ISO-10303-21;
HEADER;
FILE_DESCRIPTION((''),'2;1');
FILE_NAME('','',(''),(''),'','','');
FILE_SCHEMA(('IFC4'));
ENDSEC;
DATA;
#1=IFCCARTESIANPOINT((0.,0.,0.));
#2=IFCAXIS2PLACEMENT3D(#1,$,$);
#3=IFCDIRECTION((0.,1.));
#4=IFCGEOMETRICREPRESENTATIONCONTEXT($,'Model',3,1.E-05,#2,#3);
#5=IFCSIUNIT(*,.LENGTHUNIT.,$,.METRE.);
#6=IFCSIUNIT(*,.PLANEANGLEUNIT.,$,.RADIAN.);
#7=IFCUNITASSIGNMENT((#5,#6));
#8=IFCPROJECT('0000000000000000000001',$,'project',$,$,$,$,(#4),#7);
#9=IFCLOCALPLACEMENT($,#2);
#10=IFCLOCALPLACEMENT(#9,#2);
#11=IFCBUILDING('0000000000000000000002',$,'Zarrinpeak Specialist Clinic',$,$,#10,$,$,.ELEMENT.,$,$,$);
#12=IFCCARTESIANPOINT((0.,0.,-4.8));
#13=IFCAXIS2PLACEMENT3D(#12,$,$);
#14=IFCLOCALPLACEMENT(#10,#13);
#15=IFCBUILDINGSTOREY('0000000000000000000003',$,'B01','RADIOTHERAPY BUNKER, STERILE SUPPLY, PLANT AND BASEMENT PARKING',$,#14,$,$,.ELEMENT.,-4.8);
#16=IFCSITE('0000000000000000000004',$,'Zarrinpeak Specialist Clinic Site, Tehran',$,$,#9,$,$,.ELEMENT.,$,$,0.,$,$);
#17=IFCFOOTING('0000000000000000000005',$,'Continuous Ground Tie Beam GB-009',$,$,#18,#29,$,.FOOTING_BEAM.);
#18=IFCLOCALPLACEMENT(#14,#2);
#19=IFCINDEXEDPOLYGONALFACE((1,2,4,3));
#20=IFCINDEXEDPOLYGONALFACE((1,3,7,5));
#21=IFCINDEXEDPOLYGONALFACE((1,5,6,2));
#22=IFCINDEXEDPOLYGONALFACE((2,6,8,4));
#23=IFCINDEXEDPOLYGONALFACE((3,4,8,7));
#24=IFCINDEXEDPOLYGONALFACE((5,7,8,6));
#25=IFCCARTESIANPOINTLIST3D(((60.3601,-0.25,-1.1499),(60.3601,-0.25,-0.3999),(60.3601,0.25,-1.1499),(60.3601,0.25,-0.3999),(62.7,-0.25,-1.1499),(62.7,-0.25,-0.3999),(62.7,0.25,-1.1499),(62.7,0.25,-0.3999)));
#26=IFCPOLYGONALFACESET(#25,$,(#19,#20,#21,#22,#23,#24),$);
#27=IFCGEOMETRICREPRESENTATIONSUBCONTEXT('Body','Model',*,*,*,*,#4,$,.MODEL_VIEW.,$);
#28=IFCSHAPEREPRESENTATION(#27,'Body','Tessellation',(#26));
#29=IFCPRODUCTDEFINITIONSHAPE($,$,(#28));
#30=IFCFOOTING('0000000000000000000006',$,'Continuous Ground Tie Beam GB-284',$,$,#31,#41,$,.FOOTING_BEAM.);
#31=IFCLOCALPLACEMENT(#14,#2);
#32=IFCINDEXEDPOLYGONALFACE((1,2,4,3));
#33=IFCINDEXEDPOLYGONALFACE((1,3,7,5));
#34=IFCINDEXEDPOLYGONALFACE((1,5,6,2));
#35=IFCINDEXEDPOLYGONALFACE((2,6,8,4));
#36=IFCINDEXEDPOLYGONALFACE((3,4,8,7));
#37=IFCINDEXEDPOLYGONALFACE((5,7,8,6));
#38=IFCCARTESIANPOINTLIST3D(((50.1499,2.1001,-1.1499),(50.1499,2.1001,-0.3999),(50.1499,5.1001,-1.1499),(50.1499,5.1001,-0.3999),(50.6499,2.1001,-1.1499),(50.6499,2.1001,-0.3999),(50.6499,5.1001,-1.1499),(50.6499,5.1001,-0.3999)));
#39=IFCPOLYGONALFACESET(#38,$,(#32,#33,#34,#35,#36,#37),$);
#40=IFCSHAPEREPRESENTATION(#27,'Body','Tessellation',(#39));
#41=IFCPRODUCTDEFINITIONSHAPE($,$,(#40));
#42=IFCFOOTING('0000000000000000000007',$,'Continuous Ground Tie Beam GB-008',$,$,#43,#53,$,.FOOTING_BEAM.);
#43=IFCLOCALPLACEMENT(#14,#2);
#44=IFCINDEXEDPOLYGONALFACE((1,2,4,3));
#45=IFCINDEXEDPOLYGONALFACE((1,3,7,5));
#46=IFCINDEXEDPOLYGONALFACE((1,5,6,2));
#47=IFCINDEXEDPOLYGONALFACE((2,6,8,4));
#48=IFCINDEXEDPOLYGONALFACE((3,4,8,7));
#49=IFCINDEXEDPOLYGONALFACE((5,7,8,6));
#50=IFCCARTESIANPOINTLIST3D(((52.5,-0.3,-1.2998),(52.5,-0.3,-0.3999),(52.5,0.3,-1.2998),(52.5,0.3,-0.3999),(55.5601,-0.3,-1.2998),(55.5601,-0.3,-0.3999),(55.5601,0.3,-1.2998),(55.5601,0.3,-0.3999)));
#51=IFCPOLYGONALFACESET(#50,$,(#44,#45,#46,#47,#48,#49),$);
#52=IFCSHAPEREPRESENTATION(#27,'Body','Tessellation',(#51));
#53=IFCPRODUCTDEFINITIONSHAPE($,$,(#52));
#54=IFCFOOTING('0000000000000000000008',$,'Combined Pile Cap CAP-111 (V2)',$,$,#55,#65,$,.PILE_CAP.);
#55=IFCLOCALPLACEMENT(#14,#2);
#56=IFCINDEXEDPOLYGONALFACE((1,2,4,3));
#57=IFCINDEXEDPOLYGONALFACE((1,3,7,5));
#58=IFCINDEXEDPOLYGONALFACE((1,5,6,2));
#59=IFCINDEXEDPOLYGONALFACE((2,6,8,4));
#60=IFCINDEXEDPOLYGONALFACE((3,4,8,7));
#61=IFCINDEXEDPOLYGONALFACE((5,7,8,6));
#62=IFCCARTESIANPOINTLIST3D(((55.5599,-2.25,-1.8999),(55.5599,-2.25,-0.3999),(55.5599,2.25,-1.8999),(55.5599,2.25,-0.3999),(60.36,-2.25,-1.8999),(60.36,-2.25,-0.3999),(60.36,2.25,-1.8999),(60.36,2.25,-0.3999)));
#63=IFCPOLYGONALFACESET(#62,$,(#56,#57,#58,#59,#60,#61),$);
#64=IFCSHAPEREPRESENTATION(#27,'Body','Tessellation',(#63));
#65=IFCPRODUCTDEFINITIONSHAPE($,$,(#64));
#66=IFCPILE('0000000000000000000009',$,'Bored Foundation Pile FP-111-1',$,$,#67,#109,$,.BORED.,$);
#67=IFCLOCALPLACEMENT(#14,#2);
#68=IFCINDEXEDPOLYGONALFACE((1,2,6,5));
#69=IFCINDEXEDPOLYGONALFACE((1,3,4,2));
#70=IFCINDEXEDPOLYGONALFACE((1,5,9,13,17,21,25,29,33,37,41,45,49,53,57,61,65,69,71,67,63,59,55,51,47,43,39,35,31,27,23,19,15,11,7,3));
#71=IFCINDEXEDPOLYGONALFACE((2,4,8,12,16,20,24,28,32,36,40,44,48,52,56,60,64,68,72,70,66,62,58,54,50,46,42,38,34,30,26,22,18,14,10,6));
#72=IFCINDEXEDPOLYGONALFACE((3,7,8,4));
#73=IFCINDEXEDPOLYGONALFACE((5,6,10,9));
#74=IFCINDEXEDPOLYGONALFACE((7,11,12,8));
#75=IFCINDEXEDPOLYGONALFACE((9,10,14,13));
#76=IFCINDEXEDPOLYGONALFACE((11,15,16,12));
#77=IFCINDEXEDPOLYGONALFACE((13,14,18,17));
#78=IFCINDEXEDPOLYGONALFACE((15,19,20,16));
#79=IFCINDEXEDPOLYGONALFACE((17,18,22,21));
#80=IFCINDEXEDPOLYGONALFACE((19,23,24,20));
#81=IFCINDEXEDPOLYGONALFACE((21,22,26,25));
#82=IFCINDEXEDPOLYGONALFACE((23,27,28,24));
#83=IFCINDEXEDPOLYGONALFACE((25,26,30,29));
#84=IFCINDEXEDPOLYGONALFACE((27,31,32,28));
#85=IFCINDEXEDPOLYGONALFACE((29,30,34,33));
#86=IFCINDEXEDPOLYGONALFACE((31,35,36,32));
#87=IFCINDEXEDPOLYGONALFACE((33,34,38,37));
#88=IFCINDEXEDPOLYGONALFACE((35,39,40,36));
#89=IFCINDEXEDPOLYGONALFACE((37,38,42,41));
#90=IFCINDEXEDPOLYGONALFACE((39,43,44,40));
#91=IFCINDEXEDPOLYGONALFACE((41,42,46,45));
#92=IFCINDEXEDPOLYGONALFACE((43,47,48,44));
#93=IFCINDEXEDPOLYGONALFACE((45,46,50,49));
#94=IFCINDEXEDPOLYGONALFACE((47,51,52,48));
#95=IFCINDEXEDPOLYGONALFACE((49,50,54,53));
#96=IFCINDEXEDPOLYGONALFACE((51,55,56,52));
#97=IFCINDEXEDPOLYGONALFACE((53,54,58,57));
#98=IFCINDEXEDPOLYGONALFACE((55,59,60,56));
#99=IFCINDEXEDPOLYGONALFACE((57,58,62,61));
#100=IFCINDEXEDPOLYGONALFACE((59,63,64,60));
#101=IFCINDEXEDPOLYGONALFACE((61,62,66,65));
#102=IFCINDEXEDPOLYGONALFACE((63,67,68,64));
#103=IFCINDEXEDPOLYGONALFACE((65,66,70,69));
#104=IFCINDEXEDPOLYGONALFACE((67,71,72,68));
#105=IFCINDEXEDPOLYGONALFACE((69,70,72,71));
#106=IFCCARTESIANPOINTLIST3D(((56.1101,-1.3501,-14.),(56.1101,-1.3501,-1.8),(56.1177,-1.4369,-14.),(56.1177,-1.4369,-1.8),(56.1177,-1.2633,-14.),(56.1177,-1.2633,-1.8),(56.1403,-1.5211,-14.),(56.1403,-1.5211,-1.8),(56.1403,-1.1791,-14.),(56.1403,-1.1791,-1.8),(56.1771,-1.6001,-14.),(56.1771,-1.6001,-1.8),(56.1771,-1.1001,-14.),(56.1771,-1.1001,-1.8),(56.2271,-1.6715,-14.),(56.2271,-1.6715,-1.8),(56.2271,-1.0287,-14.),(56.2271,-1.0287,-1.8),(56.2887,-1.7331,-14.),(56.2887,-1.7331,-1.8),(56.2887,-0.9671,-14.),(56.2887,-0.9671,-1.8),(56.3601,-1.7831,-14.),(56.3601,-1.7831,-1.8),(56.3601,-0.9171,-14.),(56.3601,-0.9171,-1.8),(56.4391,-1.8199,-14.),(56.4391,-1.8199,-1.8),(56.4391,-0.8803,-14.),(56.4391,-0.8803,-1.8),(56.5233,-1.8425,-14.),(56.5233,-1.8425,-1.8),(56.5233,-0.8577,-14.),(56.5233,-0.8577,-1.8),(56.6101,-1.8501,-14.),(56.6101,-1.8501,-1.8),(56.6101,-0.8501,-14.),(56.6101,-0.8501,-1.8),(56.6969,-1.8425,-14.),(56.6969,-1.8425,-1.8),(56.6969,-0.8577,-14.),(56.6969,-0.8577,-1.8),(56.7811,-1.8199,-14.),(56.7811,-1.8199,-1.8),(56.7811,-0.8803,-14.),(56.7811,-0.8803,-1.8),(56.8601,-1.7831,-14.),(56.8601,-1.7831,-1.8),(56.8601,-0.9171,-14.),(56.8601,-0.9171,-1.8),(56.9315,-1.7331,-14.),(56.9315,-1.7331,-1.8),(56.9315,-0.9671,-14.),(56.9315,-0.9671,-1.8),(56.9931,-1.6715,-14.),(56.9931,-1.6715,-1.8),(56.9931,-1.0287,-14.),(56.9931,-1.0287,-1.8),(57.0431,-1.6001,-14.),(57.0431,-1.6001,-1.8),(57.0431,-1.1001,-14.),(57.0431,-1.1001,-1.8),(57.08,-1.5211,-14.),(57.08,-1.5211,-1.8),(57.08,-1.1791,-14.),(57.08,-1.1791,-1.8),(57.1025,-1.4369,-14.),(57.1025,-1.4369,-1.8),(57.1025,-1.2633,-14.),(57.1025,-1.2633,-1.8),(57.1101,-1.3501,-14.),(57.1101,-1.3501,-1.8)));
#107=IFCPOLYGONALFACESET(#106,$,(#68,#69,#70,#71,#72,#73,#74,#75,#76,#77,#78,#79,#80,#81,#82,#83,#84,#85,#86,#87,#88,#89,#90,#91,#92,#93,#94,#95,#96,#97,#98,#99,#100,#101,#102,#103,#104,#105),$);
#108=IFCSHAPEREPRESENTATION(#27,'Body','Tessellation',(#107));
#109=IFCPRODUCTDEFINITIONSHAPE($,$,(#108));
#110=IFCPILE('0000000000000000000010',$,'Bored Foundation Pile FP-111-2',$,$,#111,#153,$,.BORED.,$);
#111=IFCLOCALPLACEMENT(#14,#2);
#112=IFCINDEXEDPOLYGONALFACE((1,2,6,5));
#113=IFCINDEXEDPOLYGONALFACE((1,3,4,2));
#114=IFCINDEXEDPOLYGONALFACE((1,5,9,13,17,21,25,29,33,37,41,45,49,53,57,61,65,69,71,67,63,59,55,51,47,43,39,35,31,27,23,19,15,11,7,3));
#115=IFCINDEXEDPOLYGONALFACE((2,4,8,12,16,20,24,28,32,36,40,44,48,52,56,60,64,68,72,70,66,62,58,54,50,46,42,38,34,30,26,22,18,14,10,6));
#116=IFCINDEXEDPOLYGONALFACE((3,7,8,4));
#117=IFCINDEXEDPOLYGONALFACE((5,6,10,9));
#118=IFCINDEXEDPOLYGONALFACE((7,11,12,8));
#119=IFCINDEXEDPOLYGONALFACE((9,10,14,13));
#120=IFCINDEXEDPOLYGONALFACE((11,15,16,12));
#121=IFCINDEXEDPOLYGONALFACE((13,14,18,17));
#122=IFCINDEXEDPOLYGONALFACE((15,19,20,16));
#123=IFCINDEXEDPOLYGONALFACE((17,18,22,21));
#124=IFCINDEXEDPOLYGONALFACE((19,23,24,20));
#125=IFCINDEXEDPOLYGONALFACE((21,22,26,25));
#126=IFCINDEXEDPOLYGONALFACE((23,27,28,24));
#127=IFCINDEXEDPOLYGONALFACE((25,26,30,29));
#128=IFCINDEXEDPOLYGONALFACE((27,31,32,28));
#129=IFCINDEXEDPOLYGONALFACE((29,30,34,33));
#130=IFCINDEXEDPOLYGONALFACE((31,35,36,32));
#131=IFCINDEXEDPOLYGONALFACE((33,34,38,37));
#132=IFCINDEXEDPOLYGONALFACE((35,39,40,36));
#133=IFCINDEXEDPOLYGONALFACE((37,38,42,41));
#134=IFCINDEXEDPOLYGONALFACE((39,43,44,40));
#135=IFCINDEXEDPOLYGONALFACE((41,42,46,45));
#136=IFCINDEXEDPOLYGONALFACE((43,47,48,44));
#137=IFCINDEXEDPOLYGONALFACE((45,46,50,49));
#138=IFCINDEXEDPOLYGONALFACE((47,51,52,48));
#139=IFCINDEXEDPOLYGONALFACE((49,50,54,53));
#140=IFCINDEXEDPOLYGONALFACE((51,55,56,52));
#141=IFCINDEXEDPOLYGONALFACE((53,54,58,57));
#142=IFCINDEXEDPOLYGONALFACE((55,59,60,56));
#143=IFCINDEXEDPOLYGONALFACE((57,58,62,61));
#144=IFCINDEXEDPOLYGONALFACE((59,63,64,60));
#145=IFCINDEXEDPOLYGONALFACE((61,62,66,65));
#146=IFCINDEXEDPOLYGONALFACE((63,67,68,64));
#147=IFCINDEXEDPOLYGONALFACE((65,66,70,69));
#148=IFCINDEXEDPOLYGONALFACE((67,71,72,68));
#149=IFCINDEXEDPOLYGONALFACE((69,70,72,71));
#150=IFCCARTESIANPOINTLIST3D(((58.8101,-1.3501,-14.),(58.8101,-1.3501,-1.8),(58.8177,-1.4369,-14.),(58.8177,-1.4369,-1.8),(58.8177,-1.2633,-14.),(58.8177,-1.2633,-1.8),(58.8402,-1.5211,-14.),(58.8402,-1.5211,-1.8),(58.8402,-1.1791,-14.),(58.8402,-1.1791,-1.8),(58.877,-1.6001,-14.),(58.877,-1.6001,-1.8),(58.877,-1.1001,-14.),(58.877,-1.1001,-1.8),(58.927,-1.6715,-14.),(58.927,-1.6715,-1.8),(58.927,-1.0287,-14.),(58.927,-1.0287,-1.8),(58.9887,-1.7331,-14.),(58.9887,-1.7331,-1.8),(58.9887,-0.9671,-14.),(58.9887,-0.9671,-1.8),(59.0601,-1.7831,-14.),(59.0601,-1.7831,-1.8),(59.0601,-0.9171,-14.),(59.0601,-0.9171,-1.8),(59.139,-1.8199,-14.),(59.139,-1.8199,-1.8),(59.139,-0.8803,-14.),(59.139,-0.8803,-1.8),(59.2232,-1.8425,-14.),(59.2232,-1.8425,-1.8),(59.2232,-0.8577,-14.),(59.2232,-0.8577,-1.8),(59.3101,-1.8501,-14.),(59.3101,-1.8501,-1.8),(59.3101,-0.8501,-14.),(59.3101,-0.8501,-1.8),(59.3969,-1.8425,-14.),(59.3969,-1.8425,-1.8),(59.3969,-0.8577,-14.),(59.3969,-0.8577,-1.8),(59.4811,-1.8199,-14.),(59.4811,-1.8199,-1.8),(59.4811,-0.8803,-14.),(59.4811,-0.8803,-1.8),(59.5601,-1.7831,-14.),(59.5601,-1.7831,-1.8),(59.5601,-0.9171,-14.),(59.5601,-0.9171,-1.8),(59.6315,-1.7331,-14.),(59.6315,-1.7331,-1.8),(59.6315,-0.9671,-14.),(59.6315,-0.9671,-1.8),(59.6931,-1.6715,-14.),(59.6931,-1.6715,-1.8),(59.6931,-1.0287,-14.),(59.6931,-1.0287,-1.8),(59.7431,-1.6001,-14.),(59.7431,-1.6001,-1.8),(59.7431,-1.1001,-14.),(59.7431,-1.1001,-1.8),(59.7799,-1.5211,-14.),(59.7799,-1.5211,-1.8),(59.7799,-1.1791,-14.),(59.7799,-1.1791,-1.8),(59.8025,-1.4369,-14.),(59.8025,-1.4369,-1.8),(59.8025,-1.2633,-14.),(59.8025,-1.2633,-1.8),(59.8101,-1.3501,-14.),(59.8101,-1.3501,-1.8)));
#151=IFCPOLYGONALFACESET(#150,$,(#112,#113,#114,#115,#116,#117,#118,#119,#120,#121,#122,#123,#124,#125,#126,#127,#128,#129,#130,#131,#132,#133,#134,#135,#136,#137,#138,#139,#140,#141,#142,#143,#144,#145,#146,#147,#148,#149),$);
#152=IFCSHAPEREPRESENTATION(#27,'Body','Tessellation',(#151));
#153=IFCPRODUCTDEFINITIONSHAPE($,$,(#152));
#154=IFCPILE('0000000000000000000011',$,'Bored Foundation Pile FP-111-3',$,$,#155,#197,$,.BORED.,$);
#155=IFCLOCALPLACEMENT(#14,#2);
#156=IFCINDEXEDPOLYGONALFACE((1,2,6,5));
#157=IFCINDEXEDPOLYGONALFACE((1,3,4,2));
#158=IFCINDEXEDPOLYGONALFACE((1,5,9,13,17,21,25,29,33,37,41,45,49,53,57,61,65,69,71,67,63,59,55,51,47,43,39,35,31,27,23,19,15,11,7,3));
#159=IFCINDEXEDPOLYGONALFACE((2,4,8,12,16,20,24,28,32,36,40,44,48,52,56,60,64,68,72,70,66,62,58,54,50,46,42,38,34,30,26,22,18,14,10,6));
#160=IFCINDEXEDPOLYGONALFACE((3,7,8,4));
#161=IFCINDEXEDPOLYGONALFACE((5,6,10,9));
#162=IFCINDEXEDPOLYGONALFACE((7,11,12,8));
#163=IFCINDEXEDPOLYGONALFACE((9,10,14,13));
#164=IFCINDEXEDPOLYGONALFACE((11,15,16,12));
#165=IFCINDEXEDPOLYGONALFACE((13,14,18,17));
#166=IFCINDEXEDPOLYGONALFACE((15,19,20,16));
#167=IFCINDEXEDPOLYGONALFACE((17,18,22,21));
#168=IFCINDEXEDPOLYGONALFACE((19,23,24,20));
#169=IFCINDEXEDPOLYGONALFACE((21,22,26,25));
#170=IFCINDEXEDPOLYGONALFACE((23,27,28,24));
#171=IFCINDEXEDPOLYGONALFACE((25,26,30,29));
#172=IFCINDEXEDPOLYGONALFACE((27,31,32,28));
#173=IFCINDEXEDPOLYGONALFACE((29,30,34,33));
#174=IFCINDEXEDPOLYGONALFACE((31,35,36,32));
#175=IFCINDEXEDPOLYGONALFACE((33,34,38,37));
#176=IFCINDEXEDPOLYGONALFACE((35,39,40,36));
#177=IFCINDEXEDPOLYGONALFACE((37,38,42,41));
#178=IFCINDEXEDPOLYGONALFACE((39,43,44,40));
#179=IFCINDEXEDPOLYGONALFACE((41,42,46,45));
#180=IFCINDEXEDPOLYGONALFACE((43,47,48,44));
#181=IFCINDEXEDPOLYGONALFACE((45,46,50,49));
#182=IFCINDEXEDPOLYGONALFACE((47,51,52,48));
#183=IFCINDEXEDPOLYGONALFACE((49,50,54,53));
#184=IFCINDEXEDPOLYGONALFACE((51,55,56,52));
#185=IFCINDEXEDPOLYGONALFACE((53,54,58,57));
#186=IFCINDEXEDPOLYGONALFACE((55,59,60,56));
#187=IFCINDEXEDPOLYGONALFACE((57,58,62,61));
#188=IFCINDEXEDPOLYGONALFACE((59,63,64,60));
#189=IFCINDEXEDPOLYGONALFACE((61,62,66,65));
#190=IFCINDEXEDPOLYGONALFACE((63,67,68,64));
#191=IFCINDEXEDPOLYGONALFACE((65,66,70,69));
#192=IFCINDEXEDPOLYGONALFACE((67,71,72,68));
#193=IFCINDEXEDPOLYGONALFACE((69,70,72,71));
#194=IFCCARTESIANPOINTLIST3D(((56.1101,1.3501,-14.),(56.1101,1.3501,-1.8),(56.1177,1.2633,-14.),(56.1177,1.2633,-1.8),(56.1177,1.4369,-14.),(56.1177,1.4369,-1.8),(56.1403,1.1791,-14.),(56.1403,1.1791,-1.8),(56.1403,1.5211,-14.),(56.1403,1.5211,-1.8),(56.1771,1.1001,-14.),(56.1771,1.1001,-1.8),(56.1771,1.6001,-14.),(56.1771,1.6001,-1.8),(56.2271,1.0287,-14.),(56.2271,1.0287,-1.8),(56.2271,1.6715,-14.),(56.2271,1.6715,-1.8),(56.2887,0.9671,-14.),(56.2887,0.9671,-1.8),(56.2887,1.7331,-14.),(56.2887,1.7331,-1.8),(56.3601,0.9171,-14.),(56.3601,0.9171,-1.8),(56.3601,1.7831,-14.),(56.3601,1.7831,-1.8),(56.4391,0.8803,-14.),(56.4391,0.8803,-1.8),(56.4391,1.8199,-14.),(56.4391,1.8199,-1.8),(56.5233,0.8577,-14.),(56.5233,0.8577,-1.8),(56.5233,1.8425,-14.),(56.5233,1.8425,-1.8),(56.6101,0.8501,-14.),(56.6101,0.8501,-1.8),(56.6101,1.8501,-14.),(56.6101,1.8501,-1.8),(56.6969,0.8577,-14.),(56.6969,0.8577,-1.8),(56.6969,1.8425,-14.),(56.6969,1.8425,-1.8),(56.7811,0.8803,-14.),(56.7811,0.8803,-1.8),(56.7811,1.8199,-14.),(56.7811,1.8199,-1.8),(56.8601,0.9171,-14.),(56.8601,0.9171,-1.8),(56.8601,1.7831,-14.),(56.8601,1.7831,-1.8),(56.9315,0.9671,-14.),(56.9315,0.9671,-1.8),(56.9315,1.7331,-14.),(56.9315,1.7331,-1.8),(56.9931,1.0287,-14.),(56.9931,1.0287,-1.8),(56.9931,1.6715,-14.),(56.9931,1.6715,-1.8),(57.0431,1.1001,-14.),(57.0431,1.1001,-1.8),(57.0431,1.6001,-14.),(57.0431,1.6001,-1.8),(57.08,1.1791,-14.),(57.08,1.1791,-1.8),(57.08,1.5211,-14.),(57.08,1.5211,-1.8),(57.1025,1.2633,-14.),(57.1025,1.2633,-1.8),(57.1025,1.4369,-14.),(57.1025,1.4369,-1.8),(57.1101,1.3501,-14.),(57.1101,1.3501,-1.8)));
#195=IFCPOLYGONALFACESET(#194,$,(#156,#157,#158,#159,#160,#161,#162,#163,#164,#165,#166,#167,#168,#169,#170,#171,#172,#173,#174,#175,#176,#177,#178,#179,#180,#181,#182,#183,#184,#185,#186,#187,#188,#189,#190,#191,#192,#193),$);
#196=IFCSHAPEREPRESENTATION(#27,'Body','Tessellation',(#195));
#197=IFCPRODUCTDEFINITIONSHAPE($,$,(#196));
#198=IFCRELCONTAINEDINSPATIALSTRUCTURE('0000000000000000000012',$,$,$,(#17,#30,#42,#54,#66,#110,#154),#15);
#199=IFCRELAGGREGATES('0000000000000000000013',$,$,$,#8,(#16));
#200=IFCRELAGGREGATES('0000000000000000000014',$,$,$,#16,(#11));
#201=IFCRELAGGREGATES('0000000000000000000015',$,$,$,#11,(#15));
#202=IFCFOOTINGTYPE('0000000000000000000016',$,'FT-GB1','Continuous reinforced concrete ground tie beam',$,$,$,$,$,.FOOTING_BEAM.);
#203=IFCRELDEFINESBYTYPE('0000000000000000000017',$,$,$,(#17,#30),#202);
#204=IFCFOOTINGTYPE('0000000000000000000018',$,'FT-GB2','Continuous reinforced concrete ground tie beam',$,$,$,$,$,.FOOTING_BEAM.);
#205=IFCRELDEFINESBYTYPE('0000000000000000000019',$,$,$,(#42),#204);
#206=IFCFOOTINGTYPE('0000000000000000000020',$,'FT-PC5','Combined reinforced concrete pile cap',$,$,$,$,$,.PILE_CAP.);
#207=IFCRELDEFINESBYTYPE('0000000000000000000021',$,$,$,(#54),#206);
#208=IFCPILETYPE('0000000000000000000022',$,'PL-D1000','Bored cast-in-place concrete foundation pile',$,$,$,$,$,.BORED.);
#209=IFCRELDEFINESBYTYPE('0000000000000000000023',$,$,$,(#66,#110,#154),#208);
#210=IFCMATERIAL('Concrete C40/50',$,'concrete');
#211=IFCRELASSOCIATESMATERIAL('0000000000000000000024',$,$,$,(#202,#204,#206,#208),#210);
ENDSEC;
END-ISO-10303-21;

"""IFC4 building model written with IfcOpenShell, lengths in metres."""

from ifc_helpers import new_model, si_unit, direction, frame, origin, origin_2d, place, context, subcontext, project, spatial, rectangle, circle, extrude, material, material_profile, profile_set, type_object, element, save


model = new_model("IFC4")

# Units and contexts
model_context = context("Model", 3, precision=1e-05, world=origin(), true_north=direction((0.0, 1.0)))
body_context = subcontext(model_context, "Body", "Model", "MODEL_VIEW")
ifc_project = project(units=[si_unit("LENGTHUNIT", "METRE"), si_unit("PLANEANGLEUNIT", "RADIAN")], contexts=[model_context])

# Site, building, storey
site_placement = place(None, origin())
site = spatial("IfcSite", under=ifc_project, at=site_placement, Name="Zarrinpeak Specialist Clinic Site, Tehran", CompositionType="ELEMENT", RefElevation=0.0)
building_placement = place(site_placement, origin())
building = spatial("IfcBuilding", under=site, at=building_placement, Name="Zarrinpeak Specialist Clinic", CompositionType="ELEMENT")
storey_placement = place(building_placement, frame((0.0, 0.0, -4.8)))
storey = spatial("IfcBuildingStorey", under=building, at=storey_placement, Name="B01", Description="RADIOTHERAPY BUNKER, STERILE SUPPLY, PLANT AND BASEMENT PARKING", CompositionType="ELEMENT", Elevation=-4.8)

# Footings
ifc_material_1 = material(Name="Concrete C40/50", Category="concrete")
ifc_material_profile_1 = material_profile(ifc_material_1, rectangle(XDim=0.5, YDim=0.75, at=origin_2d()), Name="RC 500x750")
ifc_profile_set_1 = profile_set([ifc_material_profile_1], Name="Concrete C40/50")
footing_type_1 = type_object("IfcFootingType", Name="FT-GB1", Description="Continuous reinforced concrete ground tie beam", PredefinedType="FOOTING_BEAM", material=ifc_profile_set_1)
footing_1_placement = place(storey_placement, frame((60.3601, 0.0, -0.7749), z_axis=(1.0, 0.0, 0.0), x_axis=(0.0, 1.0, 0.0)))
element("IfcFooting", 1, at=footing_1_placement, inside=storey, type_object=footing_type_1, Name="Continuous Ground Tie Beam GB-009", PredefinedType="FOOTING_BEAM", context=body_context, shape_type="SweptSolid", body=[
    extrude(rectangle(XDim=0.5, YDim=0.75, at=origin_2d()), origin(), (0.0, 0.0, 1.0), 2.3398),
])
footing_2_placement = place(storey_placement, frame((50.3999, 2.1001, -0.7749), z_axis=(0.0, 1.0, 0.0), x_axis=(-1.0, 0.0, 0.0)))
element("IfcFooting", 2, at=footing_2_placement, inside=storey, type_object=footing_type_1, Name="Continuous Ground Tie Beam GB-284", PredefinedType="FOOTING_BEAM", context=body_context, shape_type="SweptSolid", body=[
    extrude(rectangle(XDim=0.5, YDim=0.75, at=origin_2d()), origin(), (0.0, 0.0, 1.0), 3.0),
])
ifc_material_profile_2 = material_profile(ifc_material_1, rectangle(XDim=0.6001, YDim=0.8999, at=origin_2d()), Name="RC 600x900")
ifc_profile_set_2 = profile_set([ifc_material_profile_2], Name="Concrete C40/50")
footing_type_2 = type_object("IfcFootingType", Name="FT-GB2", Description="Continuous reinforced concrete ground tie beam", PredefinedType="FOOTING_BEAM", material=ifc_profile_set_2)
footing_3_placement = place(storey_placement, frame((52.5, 0.0, -0.8499), z_axis=(1.0, 0.0, 0.0), x_axis=(0.0, 1.0, 0.0)))
element("IfcFooting", 3, at=footing_3_placement, inside=storey, type_object=footing_type_2, Name="Continuous Ground Tie Beam GB-008", PredefinedType="FOOTING_BEAM", context=body_context, shape_type="SweptSolid", body=[
    extrude(rectangle(XDim=0.6001, YDim=0.8999, at=origin_2d()), origin(), (0.0, 0.0, 1.0), 3.0601),
])
footing_type_3 = type_object("IfcFootingType", Name="FT-PC5", Description="Combined reinforced concrete pile cap", PredefinedType="PILE_CAP", material=ifc_material_1)
footing_4_placement = place(storey_placement, frame((57.96, 0.0, -1.8999), z_axis=(0.0, 0.0, 1.0), x_axis=(1.0, 0.0, 0.0)))
element("IfcFooting", 4, at=footing_4_placement, inside=storey, type_object=footing_type_3, Name="Combined Pile Cap CAP-111 (V2)", PredefinedType="PILE_CAP", context=body_context, shape_type="SweptSolid", body=[
    extrude(rectangle(XDim=4.8, YDim=4.5, at=origin_2d()), origin(), (0.0, 0.0, 1.0), 1.5),
])

# Piles
ifc_material_profile_3 = material_profile(ifc_material_1, circle(Radius=0.5, at=origin_2d()), Name="BORED PILE D1000")
ifc_profile_set_3 = profile_set([ifc_material_profile_3], Name="Concrete C40/50")
pile_type_1 = type_object("IfcPileType", Name="PL-D1000", Description="Bored cast-in-place concrete foundation pile", PredefinedType="BORED", material=ifc_profile_set_3)
for number, where, z_axis, x_axis, name in (
    (5, (56.6101, -1.3501, -1.8), (0.0, 0.0, -1.0), (1.0, 0.0, 0.0), "Bored Foundation Pile FP-111-1"),
    (6, (59.3101, -1.3501, -1.8), (0.0, 0.0, -1.0), (1.0, 0.0, 0.0), "Bored Foundation Pile FP-111-2"),
    (7, (56.6101, 1.3501, -1.8), (0.0, 0.0, -1.0), (1.0, 0.0, 0.0), "Bored Foundation Pile FP-111-3"),
):
    element("IfcPile", number, at=place(storey_placement, frame(where, z_axis=z_axis, x_axis=x_axis)), inside=storey, type_object=pile_type_1, Name=name, PredefinedType="BORED", context=body_context, shape_type="SweptSolid", body=[
        extrude(circle(Radius=0.5, at=origin_2d()), origin(), (0.0, 0.0, 1.0), 12.2),
    ])

save(model, "model.ifc")
